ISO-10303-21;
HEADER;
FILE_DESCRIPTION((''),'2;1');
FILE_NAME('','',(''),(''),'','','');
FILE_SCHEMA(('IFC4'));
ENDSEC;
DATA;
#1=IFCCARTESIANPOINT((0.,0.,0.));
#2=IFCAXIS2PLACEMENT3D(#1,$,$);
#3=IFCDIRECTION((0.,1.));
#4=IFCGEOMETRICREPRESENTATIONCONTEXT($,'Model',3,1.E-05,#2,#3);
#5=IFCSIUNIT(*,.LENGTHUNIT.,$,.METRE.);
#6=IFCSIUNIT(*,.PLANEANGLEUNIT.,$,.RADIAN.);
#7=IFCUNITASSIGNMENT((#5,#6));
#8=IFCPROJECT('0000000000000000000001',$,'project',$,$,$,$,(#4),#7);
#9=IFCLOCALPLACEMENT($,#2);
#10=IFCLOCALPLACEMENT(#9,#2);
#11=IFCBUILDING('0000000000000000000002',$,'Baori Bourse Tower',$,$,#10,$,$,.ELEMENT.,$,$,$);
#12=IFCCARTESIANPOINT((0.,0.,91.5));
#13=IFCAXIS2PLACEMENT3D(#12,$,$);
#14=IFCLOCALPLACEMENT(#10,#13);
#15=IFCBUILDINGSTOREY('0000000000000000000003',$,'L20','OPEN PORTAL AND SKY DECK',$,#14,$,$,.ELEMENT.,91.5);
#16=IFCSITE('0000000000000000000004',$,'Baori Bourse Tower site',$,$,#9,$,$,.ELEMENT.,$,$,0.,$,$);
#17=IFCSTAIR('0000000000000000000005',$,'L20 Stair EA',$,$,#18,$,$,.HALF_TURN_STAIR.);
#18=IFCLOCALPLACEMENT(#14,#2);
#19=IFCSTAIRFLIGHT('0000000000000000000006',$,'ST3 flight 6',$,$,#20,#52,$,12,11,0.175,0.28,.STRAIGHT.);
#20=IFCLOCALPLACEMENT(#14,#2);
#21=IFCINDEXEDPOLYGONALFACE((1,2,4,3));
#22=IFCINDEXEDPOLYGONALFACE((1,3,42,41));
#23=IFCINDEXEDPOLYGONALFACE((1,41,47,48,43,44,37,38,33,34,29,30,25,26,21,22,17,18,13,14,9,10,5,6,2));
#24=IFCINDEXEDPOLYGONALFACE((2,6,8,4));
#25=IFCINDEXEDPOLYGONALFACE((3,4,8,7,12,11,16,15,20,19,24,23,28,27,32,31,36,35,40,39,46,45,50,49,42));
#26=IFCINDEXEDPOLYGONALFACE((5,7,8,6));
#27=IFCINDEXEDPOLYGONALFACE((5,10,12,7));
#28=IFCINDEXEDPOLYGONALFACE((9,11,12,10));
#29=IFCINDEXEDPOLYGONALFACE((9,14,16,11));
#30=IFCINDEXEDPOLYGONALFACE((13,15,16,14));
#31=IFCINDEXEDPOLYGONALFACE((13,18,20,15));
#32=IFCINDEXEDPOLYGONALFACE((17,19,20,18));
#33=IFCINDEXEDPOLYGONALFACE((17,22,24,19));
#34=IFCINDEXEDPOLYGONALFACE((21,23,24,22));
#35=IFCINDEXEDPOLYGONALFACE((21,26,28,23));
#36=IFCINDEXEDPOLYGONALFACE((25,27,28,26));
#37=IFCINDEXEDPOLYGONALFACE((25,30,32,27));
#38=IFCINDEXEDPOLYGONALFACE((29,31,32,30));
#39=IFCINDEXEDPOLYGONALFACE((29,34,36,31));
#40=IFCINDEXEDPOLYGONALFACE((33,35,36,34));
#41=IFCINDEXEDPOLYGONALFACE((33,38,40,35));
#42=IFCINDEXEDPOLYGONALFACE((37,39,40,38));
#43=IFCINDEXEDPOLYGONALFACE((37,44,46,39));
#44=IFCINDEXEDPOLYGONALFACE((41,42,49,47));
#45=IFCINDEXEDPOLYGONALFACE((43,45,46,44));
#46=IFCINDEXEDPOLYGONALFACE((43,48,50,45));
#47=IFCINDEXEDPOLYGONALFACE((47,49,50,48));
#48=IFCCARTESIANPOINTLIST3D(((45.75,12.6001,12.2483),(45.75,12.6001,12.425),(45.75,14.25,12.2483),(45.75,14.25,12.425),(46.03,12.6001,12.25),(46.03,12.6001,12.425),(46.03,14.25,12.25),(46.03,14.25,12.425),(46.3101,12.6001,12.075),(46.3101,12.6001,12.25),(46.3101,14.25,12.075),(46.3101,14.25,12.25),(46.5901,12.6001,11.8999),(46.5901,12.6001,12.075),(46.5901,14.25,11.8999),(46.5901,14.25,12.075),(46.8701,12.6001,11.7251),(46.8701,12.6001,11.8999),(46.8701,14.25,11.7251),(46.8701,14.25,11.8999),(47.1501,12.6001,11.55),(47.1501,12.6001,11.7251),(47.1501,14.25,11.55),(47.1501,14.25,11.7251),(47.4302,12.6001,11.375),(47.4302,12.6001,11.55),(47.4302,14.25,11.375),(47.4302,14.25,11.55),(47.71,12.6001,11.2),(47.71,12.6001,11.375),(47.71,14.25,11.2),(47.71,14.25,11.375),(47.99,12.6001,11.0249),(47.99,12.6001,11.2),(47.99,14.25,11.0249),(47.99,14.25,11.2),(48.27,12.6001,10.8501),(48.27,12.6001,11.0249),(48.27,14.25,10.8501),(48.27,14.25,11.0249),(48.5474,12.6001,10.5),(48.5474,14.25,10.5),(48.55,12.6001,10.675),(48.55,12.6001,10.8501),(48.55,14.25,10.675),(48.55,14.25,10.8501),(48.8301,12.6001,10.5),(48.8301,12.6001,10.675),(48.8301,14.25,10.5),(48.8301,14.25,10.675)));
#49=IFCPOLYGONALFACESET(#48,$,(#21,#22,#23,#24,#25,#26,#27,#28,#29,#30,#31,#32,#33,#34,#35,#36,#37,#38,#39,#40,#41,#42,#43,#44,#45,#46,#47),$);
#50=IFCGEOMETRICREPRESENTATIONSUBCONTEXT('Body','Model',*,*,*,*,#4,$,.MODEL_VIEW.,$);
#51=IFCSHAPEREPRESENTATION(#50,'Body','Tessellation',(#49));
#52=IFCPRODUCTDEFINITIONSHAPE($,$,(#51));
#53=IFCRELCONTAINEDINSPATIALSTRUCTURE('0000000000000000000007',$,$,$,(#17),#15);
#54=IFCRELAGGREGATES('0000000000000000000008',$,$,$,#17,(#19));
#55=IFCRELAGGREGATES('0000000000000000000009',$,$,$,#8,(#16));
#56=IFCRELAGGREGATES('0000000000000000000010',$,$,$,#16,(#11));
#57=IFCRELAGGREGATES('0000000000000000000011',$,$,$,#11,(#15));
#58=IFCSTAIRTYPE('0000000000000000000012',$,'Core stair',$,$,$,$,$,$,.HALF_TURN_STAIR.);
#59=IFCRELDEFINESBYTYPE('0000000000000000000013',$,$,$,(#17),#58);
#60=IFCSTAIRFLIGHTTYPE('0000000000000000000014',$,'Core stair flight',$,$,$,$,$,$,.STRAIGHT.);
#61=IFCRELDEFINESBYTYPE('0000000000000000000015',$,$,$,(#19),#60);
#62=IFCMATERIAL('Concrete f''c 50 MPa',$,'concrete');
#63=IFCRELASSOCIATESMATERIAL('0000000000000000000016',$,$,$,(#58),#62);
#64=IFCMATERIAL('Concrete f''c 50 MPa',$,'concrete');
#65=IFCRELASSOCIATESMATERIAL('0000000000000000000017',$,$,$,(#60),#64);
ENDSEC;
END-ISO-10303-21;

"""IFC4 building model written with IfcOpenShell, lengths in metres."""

from ifc_helpers import new_model, si_unit, direction, frame, origin, place, context, subcontext, project, spatial, polyline, outline, extrude, material, type_object, element, aggregate, save


model = new_model("IFC4")

# Units and contexts
model_context = context("Model", 3, precision=1e-05, world=origin(), true_north=direction((0.0, 1.0)))
body_context = subcontext(model_context, "Body", "Model", "MODEL_VIEW")
ifc_project = project(units=[si_unit("LENGTHUNIT", "METRE"), si_unit("PLANEANGLEUNIT", "RADIAN")], contexts=[model_context])

# Site, building, storey
site_placement = place(None, origin())
site = spatial("IfcSite", under=ifc_project, at=site_placement, Name="Baori Bourse Tower site", CompositionType="ELEMENT", RefElevation=0.0)
building_placement = place(site_placement, origin())
building = spatial("IfcBuilding", under=site, at=building_placement, Name="Baori Bourse Tower", CompositionType="ELEMENT")
storey_placement = place(building_placement, frame((0.0, 0.0, 91.5)))
storey = spatial("IfcBuildingStorey", under=building, at=storey_placement, Name="L20", Description="OPEN PORTAL AND SKY DECK", CompositionType="ELEMENT", Elevation=91.5)

# Stair, stair flight
ifc_material_1 = material(Name="Concrete f'c 50 MPa", Category="concrete")
stair_type = type_object("IfcStairType", Name="Core stair", PredefinedType="HALF_TURN_STAIR", material=ifc_material_1)
stair_placement = place(storey_placement, origin())
stair = element("IfcStair", 1, at=stair_placement, inside=storey, type_object=stair_type, Name="L20 Stair EA", PredefinedType="HALF_TURN_STAIR")
ifc_material_2 = material(Name="Concrete f'c 50 MPa", Category="concrete")
stair_flight_type = type_object("IfcStairFlightType", Name="Core stair flight", PredefinedType="STRAIGHT", material=ifc_material_2)
stair_flight_1_placement = place(storey_placement, frame((48.8301, 13.425, 10.5), z_axis=(0.0, 0.0, 1.0), x_axis=(-1.0, 0.0, 0.0)))
stair_flight_1 = element("IfcStairFlight", 2, at=stair_flight_1_placement, type_object=stair_flight_type, Name="ST3 flight 6", NumberOfRisers=12, NumberOfTreads=11, PredefinedType="STRAIGHT", RiserHeight=0.175, TreadLength=0.28, context=body_context, shape_type="SweptSolid", body=[
    extrude(outline(polyline([(0.0, 0.0), (0.0, 0.175), (0.28, 0.175), (0.28, 0.3501), (0.5601, 0.3501), (0.5601, 0.5249), (0.8401, 0.5249), (0.8401, 0.7), (1.1201, 0.7), (1.1201, 0.875), (1.3999, 0.875), (1.3999, 1.05), (1.6799, 1.05), (1.6799, 1.2251), (1.96, 1.2251), (1.96, 1.3999), (2.24, 1.3999), (2.24, 1.575), (2.52, 1.575), (2.52, 1.75), (2.8, 1.75), (2.8, 1.925), (3.0801, 1.925), (3.0801, 2.1001), (3.0801, 1.7483), (0.2827, 0.0), (0.0, 0.0)])), frame((0.0, 0.825, 0.0), z_axis=(0.0, -1.0, 0.0), x_axis=(1.0, 0.0, 0.0)), (0.0, 0.0, 1.0), 1.6499),
])
aggregate(stair, [stair_flight_1])

save(model, "model.ifc")
